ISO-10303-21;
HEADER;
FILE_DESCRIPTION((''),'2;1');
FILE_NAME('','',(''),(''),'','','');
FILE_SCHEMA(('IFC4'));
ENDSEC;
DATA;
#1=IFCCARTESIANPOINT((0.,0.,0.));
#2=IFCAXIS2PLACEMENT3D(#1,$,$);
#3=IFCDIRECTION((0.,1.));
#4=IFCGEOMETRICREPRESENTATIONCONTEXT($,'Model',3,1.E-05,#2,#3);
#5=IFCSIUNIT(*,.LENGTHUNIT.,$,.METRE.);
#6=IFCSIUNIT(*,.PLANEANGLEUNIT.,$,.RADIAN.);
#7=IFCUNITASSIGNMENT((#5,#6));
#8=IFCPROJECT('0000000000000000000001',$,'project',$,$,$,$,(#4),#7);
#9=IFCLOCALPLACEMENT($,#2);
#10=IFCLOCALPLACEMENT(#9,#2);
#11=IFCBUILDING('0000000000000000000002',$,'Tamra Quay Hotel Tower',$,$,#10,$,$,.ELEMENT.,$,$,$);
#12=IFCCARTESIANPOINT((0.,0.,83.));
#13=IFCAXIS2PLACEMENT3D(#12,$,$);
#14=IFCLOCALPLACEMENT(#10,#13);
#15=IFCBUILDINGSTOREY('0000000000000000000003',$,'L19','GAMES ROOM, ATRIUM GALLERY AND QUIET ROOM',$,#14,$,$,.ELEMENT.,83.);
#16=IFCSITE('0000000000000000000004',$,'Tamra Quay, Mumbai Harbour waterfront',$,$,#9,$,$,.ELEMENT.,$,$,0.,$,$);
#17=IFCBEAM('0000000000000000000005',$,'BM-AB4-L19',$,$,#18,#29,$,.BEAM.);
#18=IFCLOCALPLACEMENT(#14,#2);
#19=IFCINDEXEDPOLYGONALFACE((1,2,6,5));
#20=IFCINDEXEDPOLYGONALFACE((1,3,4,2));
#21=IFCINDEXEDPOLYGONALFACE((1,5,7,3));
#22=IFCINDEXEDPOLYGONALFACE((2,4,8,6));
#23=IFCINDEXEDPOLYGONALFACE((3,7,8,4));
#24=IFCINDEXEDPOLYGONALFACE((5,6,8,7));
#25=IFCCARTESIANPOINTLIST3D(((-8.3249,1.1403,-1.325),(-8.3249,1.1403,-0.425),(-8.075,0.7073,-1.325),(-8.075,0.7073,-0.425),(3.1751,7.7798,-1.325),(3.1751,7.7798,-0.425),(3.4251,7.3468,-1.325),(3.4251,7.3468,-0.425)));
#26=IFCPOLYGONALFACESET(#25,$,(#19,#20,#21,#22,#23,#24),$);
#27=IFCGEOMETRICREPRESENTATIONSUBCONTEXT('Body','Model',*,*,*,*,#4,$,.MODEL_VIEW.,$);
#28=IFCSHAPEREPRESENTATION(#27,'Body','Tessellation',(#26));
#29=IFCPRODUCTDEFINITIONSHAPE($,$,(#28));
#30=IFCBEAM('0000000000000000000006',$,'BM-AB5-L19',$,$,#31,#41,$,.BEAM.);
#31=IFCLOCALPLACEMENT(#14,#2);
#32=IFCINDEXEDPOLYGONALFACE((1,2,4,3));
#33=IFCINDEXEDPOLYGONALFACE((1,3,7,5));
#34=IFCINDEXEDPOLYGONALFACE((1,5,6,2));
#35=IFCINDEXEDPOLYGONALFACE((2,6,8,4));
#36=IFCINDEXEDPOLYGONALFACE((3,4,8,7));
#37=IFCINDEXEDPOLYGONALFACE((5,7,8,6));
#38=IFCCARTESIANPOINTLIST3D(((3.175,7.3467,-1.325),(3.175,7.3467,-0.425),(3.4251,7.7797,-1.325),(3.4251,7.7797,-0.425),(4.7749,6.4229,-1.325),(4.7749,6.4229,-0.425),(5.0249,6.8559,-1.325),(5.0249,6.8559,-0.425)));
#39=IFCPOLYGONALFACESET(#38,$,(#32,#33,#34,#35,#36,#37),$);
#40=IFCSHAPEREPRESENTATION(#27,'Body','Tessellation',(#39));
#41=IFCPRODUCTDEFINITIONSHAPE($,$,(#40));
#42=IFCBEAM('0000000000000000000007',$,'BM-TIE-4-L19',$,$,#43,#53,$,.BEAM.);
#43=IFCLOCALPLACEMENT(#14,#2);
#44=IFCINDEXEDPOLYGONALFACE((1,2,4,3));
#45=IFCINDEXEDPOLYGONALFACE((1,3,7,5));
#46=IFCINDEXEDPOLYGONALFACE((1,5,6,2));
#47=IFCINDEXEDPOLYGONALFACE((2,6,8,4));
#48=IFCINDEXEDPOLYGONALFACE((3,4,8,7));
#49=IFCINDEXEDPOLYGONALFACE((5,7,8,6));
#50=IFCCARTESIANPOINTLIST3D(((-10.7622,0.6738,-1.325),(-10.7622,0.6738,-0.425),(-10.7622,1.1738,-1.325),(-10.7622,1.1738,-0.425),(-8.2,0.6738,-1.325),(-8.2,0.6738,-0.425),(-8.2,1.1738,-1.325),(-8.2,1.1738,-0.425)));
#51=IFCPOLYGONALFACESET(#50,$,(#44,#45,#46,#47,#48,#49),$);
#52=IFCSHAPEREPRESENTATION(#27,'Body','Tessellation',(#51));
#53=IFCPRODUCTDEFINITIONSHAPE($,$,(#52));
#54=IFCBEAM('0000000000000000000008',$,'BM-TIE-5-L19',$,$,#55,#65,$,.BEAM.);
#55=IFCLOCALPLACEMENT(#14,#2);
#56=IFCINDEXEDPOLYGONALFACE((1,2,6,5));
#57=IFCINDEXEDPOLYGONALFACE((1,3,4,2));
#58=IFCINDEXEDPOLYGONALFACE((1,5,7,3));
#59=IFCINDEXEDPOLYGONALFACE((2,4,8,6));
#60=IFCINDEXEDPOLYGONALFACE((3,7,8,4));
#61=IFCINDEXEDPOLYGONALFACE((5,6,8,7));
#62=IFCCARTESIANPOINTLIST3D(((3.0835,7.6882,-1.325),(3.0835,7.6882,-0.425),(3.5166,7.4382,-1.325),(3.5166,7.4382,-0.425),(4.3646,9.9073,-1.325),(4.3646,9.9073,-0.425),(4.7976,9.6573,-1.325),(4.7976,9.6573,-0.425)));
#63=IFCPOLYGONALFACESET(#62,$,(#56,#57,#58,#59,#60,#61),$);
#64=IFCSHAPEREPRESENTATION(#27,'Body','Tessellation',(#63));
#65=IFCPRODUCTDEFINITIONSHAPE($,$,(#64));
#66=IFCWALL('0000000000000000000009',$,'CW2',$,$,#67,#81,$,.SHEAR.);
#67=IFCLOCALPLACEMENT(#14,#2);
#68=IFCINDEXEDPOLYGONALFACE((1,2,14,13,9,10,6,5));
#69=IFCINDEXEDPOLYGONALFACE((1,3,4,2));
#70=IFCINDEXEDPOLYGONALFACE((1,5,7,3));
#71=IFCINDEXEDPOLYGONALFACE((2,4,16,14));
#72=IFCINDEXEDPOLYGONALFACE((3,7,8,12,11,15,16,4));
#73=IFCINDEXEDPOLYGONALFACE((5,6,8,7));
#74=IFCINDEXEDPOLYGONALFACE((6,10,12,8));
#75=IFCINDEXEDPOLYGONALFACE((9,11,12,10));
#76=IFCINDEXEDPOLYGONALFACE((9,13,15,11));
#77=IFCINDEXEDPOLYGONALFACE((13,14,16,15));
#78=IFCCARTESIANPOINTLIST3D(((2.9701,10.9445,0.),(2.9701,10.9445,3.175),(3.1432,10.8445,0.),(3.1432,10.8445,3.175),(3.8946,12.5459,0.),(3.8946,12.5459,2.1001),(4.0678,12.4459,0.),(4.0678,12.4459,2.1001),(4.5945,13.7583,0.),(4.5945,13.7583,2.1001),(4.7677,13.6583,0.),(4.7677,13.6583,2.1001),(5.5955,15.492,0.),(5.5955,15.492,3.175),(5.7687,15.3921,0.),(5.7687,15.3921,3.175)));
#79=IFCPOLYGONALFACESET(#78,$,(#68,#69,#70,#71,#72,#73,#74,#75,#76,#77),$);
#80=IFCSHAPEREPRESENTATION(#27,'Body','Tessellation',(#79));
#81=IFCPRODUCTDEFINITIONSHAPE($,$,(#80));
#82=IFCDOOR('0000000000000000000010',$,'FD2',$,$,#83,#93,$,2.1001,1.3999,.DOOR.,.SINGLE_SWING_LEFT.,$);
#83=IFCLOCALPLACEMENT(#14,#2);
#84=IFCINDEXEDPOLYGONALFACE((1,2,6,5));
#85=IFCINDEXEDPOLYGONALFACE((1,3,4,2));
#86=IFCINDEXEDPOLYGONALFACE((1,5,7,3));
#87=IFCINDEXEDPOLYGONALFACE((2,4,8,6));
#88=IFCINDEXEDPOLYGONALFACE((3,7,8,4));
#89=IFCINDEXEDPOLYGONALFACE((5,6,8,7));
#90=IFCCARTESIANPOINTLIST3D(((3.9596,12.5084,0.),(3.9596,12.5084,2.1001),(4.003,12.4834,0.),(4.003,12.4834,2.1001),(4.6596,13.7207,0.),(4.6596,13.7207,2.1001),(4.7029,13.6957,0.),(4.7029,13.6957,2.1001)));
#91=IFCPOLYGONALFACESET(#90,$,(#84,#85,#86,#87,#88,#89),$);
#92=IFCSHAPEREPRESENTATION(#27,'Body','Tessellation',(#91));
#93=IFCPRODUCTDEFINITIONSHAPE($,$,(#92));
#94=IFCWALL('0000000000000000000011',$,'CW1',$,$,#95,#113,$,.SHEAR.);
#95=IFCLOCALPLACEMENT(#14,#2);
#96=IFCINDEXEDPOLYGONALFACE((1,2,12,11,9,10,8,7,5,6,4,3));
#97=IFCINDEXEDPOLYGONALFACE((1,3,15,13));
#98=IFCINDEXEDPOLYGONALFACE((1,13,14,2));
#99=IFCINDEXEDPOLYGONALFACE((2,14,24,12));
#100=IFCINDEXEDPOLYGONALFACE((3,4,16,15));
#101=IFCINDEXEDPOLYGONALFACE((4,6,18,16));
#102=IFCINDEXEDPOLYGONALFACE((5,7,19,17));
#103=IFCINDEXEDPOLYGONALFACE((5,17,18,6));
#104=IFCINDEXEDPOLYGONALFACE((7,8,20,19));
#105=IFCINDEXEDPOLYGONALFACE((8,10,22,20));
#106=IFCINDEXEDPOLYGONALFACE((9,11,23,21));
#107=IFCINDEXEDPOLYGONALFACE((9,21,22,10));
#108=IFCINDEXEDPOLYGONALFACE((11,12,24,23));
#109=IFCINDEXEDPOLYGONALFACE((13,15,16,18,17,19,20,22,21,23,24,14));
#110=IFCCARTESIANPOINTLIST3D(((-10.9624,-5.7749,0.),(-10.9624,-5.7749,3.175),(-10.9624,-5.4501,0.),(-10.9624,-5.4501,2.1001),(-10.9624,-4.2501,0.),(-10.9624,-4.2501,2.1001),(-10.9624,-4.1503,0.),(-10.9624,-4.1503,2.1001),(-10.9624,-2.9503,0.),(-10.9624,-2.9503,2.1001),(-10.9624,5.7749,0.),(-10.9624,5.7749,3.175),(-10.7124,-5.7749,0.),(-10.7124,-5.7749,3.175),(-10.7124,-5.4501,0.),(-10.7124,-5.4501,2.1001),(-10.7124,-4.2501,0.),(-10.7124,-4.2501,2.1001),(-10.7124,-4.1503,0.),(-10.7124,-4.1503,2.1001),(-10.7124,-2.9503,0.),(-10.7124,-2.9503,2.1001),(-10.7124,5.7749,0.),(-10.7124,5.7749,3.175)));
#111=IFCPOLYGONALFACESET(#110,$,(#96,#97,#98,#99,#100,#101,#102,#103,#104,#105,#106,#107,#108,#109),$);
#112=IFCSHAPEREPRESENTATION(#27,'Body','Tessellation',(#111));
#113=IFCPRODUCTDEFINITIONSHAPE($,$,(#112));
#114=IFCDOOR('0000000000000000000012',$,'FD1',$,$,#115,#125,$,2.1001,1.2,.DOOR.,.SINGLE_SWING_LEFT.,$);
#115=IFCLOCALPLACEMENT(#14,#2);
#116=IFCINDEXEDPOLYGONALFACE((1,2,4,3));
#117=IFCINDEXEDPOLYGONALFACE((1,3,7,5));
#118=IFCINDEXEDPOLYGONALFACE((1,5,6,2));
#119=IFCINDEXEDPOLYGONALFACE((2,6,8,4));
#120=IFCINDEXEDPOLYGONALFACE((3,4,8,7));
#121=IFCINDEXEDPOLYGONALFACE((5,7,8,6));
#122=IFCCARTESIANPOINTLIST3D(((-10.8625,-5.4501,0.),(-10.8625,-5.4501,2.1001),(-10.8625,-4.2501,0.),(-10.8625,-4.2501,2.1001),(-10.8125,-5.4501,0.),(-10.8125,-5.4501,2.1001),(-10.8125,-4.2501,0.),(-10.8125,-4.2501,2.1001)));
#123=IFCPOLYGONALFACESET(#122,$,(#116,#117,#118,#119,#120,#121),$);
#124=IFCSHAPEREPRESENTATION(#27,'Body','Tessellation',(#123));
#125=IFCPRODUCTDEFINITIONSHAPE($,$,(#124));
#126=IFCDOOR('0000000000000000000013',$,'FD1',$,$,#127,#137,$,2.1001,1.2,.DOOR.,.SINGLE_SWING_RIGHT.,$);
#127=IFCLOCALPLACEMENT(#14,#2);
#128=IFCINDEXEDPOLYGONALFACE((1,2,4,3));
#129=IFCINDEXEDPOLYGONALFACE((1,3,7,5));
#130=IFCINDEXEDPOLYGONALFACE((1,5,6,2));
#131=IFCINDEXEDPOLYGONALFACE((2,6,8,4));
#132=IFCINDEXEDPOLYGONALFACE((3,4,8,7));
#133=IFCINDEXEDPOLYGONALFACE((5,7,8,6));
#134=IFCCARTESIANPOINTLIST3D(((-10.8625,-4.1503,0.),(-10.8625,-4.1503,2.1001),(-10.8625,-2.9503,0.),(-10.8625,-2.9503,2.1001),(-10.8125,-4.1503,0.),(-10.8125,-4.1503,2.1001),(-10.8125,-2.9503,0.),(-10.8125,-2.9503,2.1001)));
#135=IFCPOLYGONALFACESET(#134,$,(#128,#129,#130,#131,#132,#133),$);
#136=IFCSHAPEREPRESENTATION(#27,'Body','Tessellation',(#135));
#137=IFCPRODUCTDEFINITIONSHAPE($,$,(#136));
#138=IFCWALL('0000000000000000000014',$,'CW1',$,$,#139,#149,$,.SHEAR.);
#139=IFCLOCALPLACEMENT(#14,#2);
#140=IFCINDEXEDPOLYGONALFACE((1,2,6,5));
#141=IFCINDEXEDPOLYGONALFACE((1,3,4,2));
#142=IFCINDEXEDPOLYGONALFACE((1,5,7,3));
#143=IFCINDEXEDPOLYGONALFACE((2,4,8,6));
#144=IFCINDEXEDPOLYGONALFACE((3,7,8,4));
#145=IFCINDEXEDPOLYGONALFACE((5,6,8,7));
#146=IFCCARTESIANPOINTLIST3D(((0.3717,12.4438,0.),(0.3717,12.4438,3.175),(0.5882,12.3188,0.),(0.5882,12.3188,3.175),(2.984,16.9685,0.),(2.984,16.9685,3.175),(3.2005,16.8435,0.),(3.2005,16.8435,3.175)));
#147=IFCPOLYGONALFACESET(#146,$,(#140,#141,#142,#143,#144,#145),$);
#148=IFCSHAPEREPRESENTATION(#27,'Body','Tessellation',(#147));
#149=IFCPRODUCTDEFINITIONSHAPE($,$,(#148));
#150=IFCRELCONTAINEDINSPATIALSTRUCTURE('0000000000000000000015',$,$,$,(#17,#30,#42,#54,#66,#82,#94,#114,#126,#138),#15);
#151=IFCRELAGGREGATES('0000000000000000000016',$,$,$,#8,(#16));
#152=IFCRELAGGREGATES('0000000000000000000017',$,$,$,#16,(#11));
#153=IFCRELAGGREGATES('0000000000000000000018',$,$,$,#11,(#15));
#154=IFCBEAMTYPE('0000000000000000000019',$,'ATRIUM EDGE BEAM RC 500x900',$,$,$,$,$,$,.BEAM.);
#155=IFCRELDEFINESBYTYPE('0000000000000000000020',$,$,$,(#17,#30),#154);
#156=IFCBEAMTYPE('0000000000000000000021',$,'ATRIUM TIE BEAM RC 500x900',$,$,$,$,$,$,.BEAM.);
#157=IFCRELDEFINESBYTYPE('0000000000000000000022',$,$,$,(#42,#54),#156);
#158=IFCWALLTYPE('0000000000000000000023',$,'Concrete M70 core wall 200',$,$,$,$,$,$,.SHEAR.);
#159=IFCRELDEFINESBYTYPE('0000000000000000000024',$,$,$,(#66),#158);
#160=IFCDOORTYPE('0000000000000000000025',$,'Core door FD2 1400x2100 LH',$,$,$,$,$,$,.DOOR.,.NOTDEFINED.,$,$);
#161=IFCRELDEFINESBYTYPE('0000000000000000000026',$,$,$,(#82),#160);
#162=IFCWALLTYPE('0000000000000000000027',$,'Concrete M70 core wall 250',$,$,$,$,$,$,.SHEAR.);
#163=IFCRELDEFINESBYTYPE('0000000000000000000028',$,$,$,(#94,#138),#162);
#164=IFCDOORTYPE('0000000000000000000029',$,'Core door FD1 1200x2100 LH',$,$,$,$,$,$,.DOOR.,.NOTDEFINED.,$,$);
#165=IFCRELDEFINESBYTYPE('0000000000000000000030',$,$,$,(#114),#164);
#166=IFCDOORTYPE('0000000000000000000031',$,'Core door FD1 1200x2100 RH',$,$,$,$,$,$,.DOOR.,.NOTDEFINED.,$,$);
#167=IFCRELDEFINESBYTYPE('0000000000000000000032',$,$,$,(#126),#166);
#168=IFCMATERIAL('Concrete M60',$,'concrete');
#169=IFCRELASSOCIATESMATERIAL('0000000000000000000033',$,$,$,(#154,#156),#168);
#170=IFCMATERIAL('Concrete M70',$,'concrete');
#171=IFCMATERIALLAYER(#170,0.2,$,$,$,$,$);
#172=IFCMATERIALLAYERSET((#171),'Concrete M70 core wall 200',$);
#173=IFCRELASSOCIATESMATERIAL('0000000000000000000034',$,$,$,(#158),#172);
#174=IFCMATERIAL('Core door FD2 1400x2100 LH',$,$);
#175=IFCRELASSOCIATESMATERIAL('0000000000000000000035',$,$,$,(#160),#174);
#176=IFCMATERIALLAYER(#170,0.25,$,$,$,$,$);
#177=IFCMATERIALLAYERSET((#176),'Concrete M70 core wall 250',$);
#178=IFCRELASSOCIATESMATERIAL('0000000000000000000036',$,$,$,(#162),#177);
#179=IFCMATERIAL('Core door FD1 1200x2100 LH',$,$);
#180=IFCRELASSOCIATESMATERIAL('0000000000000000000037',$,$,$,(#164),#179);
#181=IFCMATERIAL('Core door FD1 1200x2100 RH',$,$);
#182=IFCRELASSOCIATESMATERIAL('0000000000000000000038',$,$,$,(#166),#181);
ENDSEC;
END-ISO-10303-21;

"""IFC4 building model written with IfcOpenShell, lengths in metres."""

from ifc_helpers import new_model, si_unit, direction, frame, frame_2d, origin, origin_2d, place, context, subcontext, project, spatial, rectangle, extrude, material, layer, layer_set, material_profile, profile_set, type_object, element, fill, save


model = new_model("IFC4")

# Units and contexts
model_context = context("Model", 3, precision=1e-05, world=origin(), true_north=direction((0.0, 1.0)))
body_context = subcontext(model_context, "Body", "Model", "MODEL_VIEW")
ifc_project = project(units=[si_unit("LENGTHUNIT", "METRE"), si_unit("PLANEANGLEUNIT", "RADIAN")], contexts=[model_context])

# Site, building, storey
site_placement = place(None, origin())
site = spatial("IfcSite", under=ifc_project, at=site_placement, Name="Tamra Quay, Mumbai Harbour waterfront", CompositionType="ELEMENT", RefElevation=0.0)
building_placement = place(site_placement, origin())
building = spatial("IfcBuilding", under=site, at=building_placement, Name="Tamra Quay Hotel Tower", CompositionType="ELEMENT")
storey_placement = place(building_placement, frame((0.0, 0.0, 83.0)))
storey = spatial("IfcBuildingStorey", under=building, at=storey_placement, Name="L19", Description="GAMES ROOM, ATRIUM GALLERY AND QUIET ROOM", CompositionType="ELEMENT", Elevation=83.0)

# Beams
ifc_material_1 = material(Name="Concrete M60", Category="concrete")
ifc_material_profile_1 = material_profile(ifc_material_1, rectangle(XDim=0.5, YDim=0.8999, at=origin_2d()), Name="ATRIUM EDGE BEAM RC 500x900")
ifc_profile_set_1 = profile_set([ifc_material_profile_1], Name="Concrete M60")
beam_type_1 = type_object("IfcBeamType", Name="ATRIUM EDGE BEAM RC 500x900", PredefinedType="BEAM", material=ifc_profile_set_1)
beam_1_placement = place(storey_placement, frame((-8.2, 0.9238, -0.875), z_axis=(0.866029, 0.499993, 0.0), x_axis=(-0.499993, 0.866029, 0.0)))
element("IfcBeam", 1, at=beam_1_placement, inside=storey, type_object=beam_type_1, Name="BM-AB4-L19", PredefinedType="BEAM", context=body_context, shape_type="SweptSolid", body=[
    extrude(rectangle(XDim=0.5, YDim=0.8999, at=origin_2d()), origin(), (0.0, 0.0, 1.0), 13.2791),
])
beam_2_placement = place(storey_placement, frame((3.3, 7.5632, -0.875), z_axis=(0.86599, -0.500062, 0.0), x_axis=(0.500062, 0.86599, 0.0)))
element("IfcBeam", 2, at=beam_2_placement, inside=storey, type_object=beam_type_1, Name="BM-AB5-L19", PredefinedType="BEAM", context=body_context, shape_type="SweptSolid", body=[
    extrude(rectangle(XDim=0.5, YDim=0.8999, at=origin_2d()), origin(), (0.0, 0.0, 1.0), 1.8474),
])
ifc_material_profile_2 = material_profile(ifc_material_1, rectangle(XDim=0.5, YDim=0.8999, at=origin_2d()), Name="ATRIUM TIE BEAM RC 500x900")
ifc_profile_set_2 = profile_set([ifc_material_profile_2], Name="Concrete M60")
beam_type_2 = type_object("IfcBeamType", Name="ATRIUM TIE BEAM RC 500x900", PredefinedType="BEAM", material=ifc_profile_set_2)
for number, where, z_axis, x_axis, name in (
    (3, (-8.2, 0.9238, -0.875), (-1.0, 0.0, 0.0), (0.0, -1.0, 0.0), "BM-TIE-4-L19"),
    (4, (3.3, 7.5632, -0.875), (0.499962, 0.866048, 0.0), (-0.866048, 0.499962, 0.0), "BM-TIE-5-L19"),
):
    element("IfcBeam", number, at=place(storey_placement, frame(where, z_axis=z_axis, x_axis=x_axis)), inside=storey, type_object=beam_type_2, Name=name, PredefinedType="BEAM", context=body_context, shape_type="SweptSolid", body=[
        extrude(rectangle(XDim=0.5, YDim=0.8999, at=origin_2d()), origin(), (0.0, 0.0, 1.0), 2.5623),
    ])

# Wall, opening, door
ifc_material_2 = material(Name="Concrete M70", Category="concrete")
ifc_layer_1 = layer(ifc_material_2, 0.2)
ifc_layer_set_1 = layer_set([ifc_layer_1], Name="Concrete M70 core wall 200")
wall_type_1 = type_object("IfcWallType", Name="Concrete M70 core wall 200", PredefinedType="SHEAR", material=ifc_layer_set_1)
wall_1_placement = place(storey_placement, frame((3.0566, 10.8945, 0.0), z_axis=(0.0, 0.0, 1.0), x_axis=(0.499989, 0.866032, 0.0)))
wall_1 = element("IfcWall", 5, at=wall_1_placement, inside=storey, type_object=wall_type_1, Name="CW2", PredefinedType="SHEAR", context=body_context, shape_type="SweptSolid", body=[
    extrude(rectangle(XDim=5.251, YDim=0.2, at=frame_2d((2.6255, 0.0))), origin(), (0.0, 0.0, 1.0), 3.175),
])
opening_1_placement = place(wall_1_placement, frame((1.8491, 0.0, 0.0)))
opening_1 = element("IfcOpeningElement", 6, at=opening_1_placement, cuts=wall_1, PredefinedType="OPENING", context=body_context, shape_type="SweptSolid", body=[
    extrude(rectangle(XDim=1.3999, YDim=2.1001, at=frame_2d((0.7, 1.05))), frame((0.0, 0.1099, 0.0), z_axis=(0.0, -1.0, 0.0), x_axis=(1.0, 0.0, 0.0)), (0.0, 0.0, 1.0), 0.22),
])
ifc_material_3 = material(Name="Core door FD2 1400x2100 LH")
door_type_1 = type_object("IfcDoorType", Name="Core door FD2 1400x2100 LH", OperationType="NOTDEFINED", PredefinedType="DOOR", material=ifc_material_3)
door_1_placement = place(opening_1_placement, origin())
door_1 = element("IfcDoor", 7, at=door_1_placement, inside=storey, type_object=door_type_1, Name="FD2", OperationType="SINGLE_SWING_LEFT", OverallHeight=2.1001, OverallWidth=1.3999, PredefinedType="DOOR", context=body_context, shape_type="SweptSolid", body=[
    extrude(rectangle(XDim=1.3999, YDim=2.1001, at=frame_2d((0.7, 1.05))), frame((0.0, 0.0249, 0.0), z_axis=(0.0, -1.0, 0.0), x_axis=(1.0, 0.0, 0.0)), (0.0, 0.0, 1.0), 0.05),
])
fill(opening_1, door_1)

# Wall, openings, doors
ifc_layer_2 = layer(ifc_material_2, 0.25)
ifc_layer_set_2 = layer_set([ifc_layer_2], Name="Concrete M70 core wall 250")
wall_type_2 = type_object("IfcWallType", Name="Concrete M70 core wall 250", PredefinedType="SHEAR", material=ifc_layer_set_2)
wall_2_placement = place(storey_placement, frame((-10.8374, 5.7749, 0.0), z_axis=(0.0, 0.0, 1.0), x_axis=(0.0, -1.0, 0.0)))
wall_2 = element("IfcWall", 8, at=wall_2_placement, inside=storey, type_object=wall_type_2, Name="CW1", PredefinedType="SHEAR", context=body_context, shape_type="SweptSolid", body=[
    extrude(rectangle(XDim=11.5498, YDim=0.25, at=frame_2d((5.7749, 0.0))), origin(), (0.0, 0.0, 1.0), 3.175),
])
opening_2_placement = place(wall_2_placement, frame((10.0249, 0.0, 0.0)))
opening_2 = element("IfcOpeningElement", 9, at=opening_2_placement, cuts=wall_2, PredefinedType="OPENING", context=body_context, shape_type="SweptSolid", body=[
    extrude(rectangle(XDim=1.2, YDim=2.1001, at=frame_2d((0.6001, 1.05))), frame((0.0, 0.135, 0.0), z_axis=(0.0, -1.0, 0.0), x_axis=(1.0, 0.0, 0.0)), (0.0, 0.0, 1.0), 0.27),
])
opening_3_placement = place(wall_2_placement, frame((8.7251, 0.0, 0.0)))
opening_3 = element("IfcOpeningElement", 10, at=opening_3_placement, cuts=wall_2, PredefinedType="OPENING", context=body_context, shape_type="SweptSolid", body=[
    extrude(rectangle(XDim=1.2, YDim=2.1001, at=frame_2d((0.6001, 1.05))), frame((0.0, 0.135, 0.0), z_axis=(0.0, -1.0, 0.0), x_axis=(1.0, 0.0, 0.0)), (0.0, 0.0, 1.0), 0.27),
])
ifc_material_4 = material(Name="Core door FD1 1200x2100 LH")
door_type_2 = type_object("IfcDoorType", Name="Core door FD1 1200x2100 LH", OperationType="NOTDEFINED", PredefinedType="DOOR", material=ifc_material_4)
door_2_placement = place(opening_2_placement, origin())
door_2 = element("IfcDoor", 11, at=door_2_placement, inside=storey, type_object=door_type_2, Name="FD1", OperationType="SINGLE_SWING_LEFT", OverallHeight=2.1001, OverallWidth=1.2, PredefinedType="DOOR", context=body_context, shape_type="SweptSolid", body=[
    extrude(rectangle(XDim=1.2, YDim=2.1001, at=frame_2d((0.6001, 1.05))), frame((0.0, 0.0249, 0.0), z_axis=(0.0, -1.0, 0.0), x_axis=(1.0, 0.0, 0.0)), (0.0, 0.0, 1.0), 0.05),
])
fill(opening_2, door_2)
ifc_material_5 = material(Name="Core door FD1 1200x2100 RH")
door_type_3 = type_object("IfcDoorType", Name="Core door FD1 1200x2100 RH", OperationType="NOTDEFINED", PredefinedType="DOOR", material=ifc_material_5)
door_3_placement = place(opening_3_placement, origin())
door_3 = element("IfcDoor", 12, at=door_3_placement, inside=storey, type_object=door_type_3, Name="FD1", OperationType="SINGLE_SWING_RIGHT", OverallHeight=2.1001, OverallWidth=1.2, PredefinedType="DOOR", context=body_context, shape_type="SweptSolid", body=[
    extrude(rectangle(XDim=1.2, YDim=2.1001, at=frame_2d((0.6001, 1.05))), frame((0.0, 0.0249, 0.0), z_axis=(0.0, -1.0, 0.0), x_axis=(1.0, 0.0, 0.0)), (0.0, 0.0, 1.0), 0.05),
])
fill(opening_3, door_3)

# Wall
wall_3_placement = place(storey_placement, frame((0.48, 12.3813, 0.0), z_axis=(0.0, 0.0, 1.0), x_axis=(0.499999, 0.866026, 0.0)))
element("IfcWall", 13, at=wall_3_placement, inside=storey, type_object=wall_type_2, Name="CW1", PredefinedType="SHEAR", context=body_context, shape_type="SweptSolid", body=[
    extrude(rectangle(XDim=5.2246, YDim=0.25, at=frame_2d((2.6123, 0.0))), origin(), (0.0, 0.0, 1.0), 3.175),
])

save(model, "model.ifc")
